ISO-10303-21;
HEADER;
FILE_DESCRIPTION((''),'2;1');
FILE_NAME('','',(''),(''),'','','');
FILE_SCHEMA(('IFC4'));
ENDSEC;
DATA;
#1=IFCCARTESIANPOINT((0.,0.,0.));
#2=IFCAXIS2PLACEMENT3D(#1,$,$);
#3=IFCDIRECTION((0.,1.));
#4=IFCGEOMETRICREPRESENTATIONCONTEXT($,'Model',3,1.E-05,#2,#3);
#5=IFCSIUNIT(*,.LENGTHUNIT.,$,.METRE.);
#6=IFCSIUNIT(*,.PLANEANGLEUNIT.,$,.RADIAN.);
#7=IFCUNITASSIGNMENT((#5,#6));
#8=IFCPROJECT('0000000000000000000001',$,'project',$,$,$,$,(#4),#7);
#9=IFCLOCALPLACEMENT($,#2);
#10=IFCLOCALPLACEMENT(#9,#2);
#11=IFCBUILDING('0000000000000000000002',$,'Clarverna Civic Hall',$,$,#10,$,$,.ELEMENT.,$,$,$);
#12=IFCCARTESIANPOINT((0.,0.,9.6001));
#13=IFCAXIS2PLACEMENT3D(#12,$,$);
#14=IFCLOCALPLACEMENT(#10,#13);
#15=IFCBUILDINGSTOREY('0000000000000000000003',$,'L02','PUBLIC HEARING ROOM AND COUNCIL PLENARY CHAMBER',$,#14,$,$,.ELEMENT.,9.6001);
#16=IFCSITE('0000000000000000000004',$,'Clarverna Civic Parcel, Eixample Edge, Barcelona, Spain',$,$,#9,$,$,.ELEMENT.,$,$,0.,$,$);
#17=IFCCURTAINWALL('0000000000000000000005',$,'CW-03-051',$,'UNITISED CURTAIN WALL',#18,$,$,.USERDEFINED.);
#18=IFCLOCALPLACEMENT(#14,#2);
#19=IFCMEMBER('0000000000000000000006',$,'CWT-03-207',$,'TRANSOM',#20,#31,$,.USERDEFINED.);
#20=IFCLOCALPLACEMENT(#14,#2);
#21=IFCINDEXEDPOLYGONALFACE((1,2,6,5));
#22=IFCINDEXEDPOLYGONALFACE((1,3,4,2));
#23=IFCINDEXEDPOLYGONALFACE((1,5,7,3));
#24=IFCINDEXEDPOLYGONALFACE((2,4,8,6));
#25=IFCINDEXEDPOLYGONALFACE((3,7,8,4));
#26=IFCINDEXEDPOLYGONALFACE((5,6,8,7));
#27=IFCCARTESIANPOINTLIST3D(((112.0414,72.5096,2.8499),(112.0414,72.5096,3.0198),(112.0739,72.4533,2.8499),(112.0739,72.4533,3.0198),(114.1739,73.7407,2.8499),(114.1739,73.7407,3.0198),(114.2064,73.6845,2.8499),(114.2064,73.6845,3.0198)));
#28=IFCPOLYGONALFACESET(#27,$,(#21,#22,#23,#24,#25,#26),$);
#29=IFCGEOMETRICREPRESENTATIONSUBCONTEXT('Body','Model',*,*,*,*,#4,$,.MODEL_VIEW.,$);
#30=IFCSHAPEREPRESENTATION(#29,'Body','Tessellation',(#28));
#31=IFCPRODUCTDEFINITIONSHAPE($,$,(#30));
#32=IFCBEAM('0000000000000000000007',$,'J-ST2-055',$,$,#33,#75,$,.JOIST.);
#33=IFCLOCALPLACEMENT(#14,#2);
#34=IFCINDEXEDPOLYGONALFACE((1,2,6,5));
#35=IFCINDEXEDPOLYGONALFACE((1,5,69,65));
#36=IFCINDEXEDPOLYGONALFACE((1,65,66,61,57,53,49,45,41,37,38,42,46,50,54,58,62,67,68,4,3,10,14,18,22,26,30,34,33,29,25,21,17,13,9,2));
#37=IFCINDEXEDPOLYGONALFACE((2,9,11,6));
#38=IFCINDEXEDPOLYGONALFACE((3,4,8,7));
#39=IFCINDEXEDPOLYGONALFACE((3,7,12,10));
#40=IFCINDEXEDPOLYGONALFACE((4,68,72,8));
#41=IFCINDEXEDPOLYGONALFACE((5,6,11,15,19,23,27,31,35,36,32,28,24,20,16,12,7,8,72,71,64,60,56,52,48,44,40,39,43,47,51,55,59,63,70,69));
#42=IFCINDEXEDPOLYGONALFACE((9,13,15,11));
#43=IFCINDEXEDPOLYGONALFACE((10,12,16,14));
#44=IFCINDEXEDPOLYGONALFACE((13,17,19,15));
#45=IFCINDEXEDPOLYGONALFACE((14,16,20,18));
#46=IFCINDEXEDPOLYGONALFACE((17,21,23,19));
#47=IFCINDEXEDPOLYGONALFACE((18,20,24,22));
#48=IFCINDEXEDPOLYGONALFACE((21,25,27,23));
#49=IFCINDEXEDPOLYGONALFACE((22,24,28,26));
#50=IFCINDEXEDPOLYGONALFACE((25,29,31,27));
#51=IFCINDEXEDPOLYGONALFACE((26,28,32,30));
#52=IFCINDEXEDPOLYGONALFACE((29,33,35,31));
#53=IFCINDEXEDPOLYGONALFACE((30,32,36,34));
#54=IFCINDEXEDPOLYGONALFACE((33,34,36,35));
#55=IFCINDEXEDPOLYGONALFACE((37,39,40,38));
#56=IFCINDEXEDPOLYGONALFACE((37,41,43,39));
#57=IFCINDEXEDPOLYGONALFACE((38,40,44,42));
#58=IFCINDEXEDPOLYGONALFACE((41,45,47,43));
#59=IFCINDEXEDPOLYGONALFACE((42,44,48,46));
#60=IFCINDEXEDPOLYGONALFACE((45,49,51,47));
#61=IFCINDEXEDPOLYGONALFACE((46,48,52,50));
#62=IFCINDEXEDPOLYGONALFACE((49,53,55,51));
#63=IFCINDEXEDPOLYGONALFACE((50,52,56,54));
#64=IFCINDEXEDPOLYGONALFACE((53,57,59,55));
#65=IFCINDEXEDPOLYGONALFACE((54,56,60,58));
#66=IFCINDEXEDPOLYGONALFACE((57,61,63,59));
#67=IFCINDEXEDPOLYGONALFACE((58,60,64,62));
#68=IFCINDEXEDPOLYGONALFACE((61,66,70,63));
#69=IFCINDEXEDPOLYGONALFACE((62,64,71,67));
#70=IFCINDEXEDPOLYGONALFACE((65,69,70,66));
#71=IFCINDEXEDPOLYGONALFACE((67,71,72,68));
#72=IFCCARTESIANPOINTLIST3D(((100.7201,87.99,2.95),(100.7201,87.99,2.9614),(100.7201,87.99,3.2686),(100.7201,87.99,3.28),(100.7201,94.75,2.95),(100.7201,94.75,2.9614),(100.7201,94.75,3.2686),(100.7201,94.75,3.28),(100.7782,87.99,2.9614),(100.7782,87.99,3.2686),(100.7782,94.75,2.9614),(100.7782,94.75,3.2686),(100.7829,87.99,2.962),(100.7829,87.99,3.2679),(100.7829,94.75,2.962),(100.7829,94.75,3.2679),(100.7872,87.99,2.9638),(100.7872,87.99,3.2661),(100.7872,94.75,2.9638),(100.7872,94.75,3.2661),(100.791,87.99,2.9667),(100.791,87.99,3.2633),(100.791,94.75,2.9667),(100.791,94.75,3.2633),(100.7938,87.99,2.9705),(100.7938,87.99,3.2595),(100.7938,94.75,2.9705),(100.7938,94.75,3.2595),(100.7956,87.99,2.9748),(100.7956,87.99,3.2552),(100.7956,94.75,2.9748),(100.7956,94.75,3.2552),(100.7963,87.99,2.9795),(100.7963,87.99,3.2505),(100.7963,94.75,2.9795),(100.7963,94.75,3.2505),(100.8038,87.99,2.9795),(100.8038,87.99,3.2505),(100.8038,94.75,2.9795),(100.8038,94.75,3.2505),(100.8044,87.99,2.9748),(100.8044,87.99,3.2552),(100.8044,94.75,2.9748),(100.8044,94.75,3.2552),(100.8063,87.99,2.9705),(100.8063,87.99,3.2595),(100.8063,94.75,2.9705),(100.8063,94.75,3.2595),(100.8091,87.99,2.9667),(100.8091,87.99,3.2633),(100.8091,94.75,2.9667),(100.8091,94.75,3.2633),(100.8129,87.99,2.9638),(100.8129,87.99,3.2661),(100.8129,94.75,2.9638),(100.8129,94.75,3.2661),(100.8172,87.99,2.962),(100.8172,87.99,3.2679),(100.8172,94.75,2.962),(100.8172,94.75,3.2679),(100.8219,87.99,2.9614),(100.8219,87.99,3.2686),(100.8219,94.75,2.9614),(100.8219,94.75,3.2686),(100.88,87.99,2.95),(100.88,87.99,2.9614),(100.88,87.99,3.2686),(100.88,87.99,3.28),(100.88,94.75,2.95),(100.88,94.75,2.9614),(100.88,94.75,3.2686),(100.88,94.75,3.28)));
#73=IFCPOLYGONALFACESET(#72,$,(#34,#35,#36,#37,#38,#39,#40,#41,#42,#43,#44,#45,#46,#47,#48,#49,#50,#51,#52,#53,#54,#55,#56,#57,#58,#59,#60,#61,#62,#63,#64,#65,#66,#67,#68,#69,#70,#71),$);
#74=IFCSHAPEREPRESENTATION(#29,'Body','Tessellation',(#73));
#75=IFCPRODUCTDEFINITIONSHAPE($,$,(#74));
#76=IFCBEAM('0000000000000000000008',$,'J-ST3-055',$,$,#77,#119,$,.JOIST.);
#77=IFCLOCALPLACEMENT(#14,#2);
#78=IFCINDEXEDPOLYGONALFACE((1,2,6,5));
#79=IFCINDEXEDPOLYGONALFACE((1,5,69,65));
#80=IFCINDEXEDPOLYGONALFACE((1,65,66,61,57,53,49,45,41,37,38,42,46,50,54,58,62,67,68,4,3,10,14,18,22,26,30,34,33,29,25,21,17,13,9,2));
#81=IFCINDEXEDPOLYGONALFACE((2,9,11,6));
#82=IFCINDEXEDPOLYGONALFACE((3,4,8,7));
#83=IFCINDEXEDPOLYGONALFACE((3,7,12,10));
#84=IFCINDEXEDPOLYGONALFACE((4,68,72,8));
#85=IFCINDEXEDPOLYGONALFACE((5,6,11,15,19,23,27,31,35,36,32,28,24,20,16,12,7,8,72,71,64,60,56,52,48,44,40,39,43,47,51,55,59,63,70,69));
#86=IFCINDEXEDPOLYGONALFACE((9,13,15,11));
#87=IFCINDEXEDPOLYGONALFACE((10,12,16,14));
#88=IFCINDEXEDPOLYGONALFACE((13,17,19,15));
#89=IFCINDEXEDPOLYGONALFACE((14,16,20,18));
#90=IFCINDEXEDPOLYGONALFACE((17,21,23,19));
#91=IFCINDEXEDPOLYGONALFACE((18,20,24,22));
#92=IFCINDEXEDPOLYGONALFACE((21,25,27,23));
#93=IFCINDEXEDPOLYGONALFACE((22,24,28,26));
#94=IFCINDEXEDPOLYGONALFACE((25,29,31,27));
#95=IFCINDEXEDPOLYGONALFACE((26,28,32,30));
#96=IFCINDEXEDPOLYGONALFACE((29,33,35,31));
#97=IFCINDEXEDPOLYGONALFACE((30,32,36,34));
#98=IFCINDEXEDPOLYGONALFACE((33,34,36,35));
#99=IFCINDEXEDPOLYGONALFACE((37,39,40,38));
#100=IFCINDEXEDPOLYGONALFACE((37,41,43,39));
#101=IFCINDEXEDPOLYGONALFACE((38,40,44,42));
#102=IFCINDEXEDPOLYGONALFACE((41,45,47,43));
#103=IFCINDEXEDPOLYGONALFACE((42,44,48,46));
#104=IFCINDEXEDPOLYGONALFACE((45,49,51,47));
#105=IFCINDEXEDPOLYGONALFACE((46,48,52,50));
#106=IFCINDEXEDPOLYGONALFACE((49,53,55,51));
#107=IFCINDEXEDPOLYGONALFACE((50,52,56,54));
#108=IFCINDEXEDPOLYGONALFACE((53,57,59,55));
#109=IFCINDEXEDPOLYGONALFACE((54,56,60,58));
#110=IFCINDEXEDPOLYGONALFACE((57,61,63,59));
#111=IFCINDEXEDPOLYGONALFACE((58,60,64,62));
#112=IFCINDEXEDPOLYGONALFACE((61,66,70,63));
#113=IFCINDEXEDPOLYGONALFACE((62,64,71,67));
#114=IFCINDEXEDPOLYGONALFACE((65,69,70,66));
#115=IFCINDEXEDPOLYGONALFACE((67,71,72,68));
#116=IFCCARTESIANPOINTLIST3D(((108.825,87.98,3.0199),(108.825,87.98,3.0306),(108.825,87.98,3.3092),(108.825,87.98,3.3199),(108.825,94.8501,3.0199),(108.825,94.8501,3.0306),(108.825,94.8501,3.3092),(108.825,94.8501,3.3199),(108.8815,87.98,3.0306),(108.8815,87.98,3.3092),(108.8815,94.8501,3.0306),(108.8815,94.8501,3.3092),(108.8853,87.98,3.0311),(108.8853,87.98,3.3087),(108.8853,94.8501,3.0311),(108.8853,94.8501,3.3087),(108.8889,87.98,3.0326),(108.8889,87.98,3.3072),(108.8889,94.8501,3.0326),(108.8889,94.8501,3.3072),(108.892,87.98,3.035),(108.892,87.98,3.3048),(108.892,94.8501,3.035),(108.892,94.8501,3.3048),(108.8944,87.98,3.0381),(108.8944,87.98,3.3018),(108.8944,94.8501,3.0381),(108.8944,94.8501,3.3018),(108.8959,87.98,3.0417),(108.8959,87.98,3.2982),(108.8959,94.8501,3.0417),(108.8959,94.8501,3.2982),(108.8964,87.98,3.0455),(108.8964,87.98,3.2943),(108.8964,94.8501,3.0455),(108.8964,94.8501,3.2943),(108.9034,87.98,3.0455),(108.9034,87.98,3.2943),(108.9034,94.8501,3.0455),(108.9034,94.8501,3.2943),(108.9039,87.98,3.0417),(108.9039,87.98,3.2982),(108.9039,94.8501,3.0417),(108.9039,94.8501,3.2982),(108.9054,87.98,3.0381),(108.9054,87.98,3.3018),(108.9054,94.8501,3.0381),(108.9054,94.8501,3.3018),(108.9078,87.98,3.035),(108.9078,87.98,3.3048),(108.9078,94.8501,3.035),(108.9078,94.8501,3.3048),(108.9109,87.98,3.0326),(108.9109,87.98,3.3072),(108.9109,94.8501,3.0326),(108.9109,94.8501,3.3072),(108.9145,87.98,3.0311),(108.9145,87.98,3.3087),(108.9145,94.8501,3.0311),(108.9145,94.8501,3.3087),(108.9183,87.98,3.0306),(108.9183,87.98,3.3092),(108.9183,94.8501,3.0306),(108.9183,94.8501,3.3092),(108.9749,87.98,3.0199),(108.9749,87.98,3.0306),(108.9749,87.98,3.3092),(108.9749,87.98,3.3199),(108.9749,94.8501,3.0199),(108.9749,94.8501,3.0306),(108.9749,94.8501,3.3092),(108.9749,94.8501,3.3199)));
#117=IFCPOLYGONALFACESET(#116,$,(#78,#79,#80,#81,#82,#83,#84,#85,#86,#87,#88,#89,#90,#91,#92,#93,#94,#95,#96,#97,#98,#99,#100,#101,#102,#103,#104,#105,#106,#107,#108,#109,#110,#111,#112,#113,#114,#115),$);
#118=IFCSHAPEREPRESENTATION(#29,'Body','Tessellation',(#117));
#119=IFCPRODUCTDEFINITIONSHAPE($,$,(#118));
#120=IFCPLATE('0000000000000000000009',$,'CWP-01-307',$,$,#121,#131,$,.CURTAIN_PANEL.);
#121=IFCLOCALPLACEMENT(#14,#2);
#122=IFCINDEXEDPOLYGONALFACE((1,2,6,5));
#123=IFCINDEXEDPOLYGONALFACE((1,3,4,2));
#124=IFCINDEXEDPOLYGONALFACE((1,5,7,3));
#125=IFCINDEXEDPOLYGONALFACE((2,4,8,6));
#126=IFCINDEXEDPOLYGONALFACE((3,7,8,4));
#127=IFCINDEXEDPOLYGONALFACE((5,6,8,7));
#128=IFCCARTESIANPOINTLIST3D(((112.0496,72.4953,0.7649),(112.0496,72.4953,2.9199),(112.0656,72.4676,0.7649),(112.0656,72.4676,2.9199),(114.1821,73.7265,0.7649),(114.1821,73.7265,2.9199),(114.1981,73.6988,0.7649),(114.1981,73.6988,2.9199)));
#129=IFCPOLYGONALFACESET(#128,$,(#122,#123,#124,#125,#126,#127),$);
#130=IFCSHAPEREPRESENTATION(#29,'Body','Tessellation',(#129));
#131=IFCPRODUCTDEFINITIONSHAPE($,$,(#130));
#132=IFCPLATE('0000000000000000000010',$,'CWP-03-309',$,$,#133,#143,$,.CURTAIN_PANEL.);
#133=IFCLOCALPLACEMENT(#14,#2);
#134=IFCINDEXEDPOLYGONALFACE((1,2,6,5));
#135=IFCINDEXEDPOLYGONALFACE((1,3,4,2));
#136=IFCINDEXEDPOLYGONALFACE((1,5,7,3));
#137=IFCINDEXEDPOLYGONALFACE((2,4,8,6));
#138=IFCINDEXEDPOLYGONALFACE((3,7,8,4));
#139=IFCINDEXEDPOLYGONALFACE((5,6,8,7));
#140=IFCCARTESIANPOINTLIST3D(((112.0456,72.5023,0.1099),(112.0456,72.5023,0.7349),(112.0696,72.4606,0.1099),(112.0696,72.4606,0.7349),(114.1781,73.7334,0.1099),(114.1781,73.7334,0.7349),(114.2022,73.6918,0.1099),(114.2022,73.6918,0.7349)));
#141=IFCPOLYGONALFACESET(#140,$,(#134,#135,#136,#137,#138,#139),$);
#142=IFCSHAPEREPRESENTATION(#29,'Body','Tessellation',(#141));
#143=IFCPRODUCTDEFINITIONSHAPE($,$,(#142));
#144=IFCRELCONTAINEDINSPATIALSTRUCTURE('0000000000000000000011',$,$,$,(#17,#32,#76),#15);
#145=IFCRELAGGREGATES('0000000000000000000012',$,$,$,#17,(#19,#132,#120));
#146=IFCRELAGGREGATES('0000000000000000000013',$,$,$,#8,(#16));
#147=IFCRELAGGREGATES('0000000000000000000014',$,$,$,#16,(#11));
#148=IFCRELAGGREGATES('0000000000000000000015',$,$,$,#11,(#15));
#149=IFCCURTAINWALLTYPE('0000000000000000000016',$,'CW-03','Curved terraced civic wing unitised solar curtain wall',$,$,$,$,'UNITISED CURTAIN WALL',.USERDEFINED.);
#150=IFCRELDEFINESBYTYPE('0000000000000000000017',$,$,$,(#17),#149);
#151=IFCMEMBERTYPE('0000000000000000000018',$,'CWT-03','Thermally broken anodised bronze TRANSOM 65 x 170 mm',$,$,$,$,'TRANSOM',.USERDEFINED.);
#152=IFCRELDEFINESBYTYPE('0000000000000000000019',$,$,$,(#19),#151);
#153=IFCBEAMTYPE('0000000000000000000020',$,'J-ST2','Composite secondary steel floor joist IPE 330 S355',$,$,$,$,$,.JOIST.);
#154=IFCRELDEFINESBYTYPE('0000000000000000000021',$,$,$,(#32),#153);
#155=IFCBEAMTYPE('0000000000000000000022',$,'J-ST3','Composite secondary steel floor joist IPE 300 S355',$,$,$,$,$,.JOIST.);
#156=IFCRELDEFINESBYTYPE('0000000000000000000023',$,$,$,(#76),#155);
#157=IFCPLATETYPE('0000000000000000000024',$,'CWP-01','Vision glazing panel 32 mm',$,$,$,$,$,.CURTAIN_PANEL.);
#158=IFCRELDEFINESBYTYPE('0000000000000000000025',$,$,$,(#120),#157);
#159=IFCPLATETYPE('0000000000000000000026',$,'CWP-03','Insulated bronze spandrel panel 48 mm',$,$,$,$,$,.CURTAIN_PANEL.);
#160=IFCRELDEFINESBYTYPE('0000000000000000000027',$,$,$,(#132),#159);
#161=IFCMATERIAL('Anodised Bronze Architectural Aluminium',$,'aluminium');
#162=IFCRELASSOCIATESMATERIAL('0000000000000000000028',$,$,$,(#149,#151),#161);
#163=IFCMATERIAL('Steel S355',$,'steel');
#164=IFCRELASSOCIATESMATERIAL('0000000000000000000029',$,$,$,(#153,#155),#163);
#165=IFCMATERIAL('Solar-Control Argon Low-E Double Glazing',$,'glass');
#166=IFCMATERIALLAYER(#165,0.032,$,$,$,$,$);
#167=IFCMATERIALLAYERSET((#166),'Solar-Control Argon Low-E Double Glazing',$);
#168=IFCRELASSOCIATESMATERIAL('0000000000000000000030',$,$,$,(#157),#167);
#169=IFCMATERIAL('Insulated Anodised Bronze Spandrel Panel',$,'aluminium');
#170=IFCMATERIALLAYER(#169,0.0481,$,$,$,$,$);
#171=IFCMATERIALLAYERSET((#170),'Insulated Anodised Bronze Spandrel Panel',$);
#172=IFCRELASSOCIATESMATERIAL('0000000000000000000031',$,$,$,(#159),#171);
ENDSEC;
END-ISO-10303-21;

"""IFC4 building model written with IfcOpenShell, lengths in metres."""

from ifc_helpers import new_model, si_unit, direction, frame, frame_2d, origin, origin_2d, place, context, subcontext, project, spatial, rectangle, i_section, extrude, material, layer, layer_set, material_profile, profile_set, type_object, element, aggregate, save


model = new_model("IFC4")

# Units and contexts
model_context = context("Model", 3, precision=1e-05, world=origin(), true_north=direction((0.0, 1.0)))
body_context = subcontext(model_context, "Body", "Model", "MODEL_VIEW")
ifc_project = project(units=[si_unit("LENGTHUNIT", "METRE"), si_unit("PLANEANGLEUNIT", "RADIAN")], contexts=[model_context])

# Site, building, storey
site_placement = place(None, origin())
site = spatial("IfcSite", under=ifc_project, at=site_placement, Name="Clarverna Civic Parcel, Eixample Edge, Barcelona, Spain", CompositionType="ELEMENT", RefElevation=0.0)
building_placement = place(site_placement, origin())
building = spatial("IfcBuilding", under=site, at=building_placement, Name="Clarverna Civic Hall", CompositionType="ELEMENT")
storey_placement = place(building_placement, frame((0.0, 0.0, 9.6001)))
storey = spatial("IfcBuildingStorey", under=building, at=storey_placement, Name="L02", Description="PUBLIC HEARING ROOM AND COUNCIL PLENARY CHAMBER", CompositionType="ELEMENT", Elevation=9.6001)

# Shared definitions
ifc_material_1 = material(Name="Steel S355", Category="steel")

# Shared definitions
ifc_material_2 = material(Name="Anodised Bronze Architectural Aluminium", Category="aluminium")
curtain_wall_type = type_object("IfcCurtainWallType", Name="CW-03", Description="Curved terraced civic wing unitised solar curtain wall", ElementType="UNITISED CURTAIN WALL", PredefinedType="USERDEFINED", material=ifc_material_2)

# Curtain wall, member
curtain_wall_1_placement = place(storey_placement, origin())
curtain_wall_1 = element("IfcCurtainWall", 1, at=curtain_wall_1_placement, inside=storey, type_object=curtain_wall_type, Name="CW-03-051", ObjectType="UNITISED CURTAIN WALL", PredefinedType="USERDEFINED")
ifc_material_profile_1 = material_profile(ifc_material_2, rectangle(XDim=0.0649, YDim=0.1699, at=origin_2d()), Name="BRONZE 65x170")
ifc_profile_set_1 = profile_set([ifc_material_profile_1], Name="Anodised Bronze Architectural Aluminium")
member_type_1 = type_object("IfcMemberType", Name="CWT-03", Description="Thermally broken anodised bronze TRANSOM 65 x 170 mm", ElementType="TRANSOM", PredefinedType="USERDEFINED", material=ifc_profile_set_1)
member_1_placement = place(storey_placement, frame((112.0576, 72.4814, 2.9348), z_axis=(0.866032, 0.499989, 0.0), x_axis=(-0.499989, 0.866032, 0.0)))
member_1 = element("IfcMember", 2, at=member_1_placement, type_object=member_type_1, Name="CWT-03-207", ObjectType="TRANSOM", PredefinedType="USERDEFINED", context=body_context, shape_type="SweptSolid", body=[
    extrude(rectangle(XDim=0.0649, YDim=0.1699, at=origin_2d()), origin(), (0.0, 0.0, 1.0), 2.4624),
])

# Beams
ifc_material_profile_2 = material_profile(ifc_material_1, i_section(OverallWidth=0.1599, OverallDepth=0.3301, WebThickness=0.0076, FlangeThickness=0.0115, FilletRadius=0.0181, at=origin_2d()), Name="IPE 330")
ifc_profile_set_2 = profile_set([ifc_material_profile_2], Name="Steel S355")
beam_type_1 = type_object("IfcBeamType", Name="J-ST2", Description="Composite secondary steel floor joist IPE 330 S355", PredefinedType="JOIST", material=ifc_profile_set_2)
beam_1_placement = place(storey_placement, frame((100.8, 87.99, 3.115), z_axis=(0.0, 1.0, 0.0), x_axis=(-1.0, 0.0, 0.0)))
element("IfcBeam", 3, at=beam_1_placement, inside=storey, type_object=beam_type_1, Name="J-ST2-055", PredefinedType="JOIST", context=body_context, shape_type="SweptSolid", body=[
    extrude(i_section(OverallWidth=0.1599, OverallDepth=0.3301, WebThickness=0.0076, FlangeThickness=0.0115, FilletRadius=0.0181, at=origin_2d()), origin(), (0.0, 0.0, 1.0), 6.76),
])
ifc_material_profile_3 = material_profile(ifc_material_1, i_section(OverallWidth=0.1499, OverallDepth=0.3, WebThickness=0.0071, FlangeThickness=0.0107, FilletRadius=0.0149, at=origin_2d()), Name="IPE 300")
ifc_profile_set_3 = profile_set([ifc_material_profile_3], Name="Steel S355")
beam_type_2 = type_object("IfcBeamType", Name="J-ST3", Description="Composite secondary steel floor joist IPE 300 S355", PredefinedType="JOIST", material=ifc_profile_set_3)
beam_2_placement = place(storey_placement, frame((108.8999, 87.98, 3.1699), z_axis=(0.0, 1.0, 0.0), x_axis=(-1.0, 0.0, 0.0)))
element("IfcBeam", 4, at=beam_2_placement, inside=storey, type_object=beam_type_2, Name="J-ST3-055", PredefinedType="JOIST", context=body_context, shape_type="SweptSolid", body=[
    extrude(i_section(OverallWidth=0.1499, OverallDepth=0.3, WebThickness=0.0071, FlangeThickness=0.0107, FilletRadius=0.0149, at=origin_2d()), origin(), (0.0, 0.0, 1.0), 6.8701),
])

# Plates
ifc_material_3 = material(Name="Solar-Control Argon Low-E Double Glazing", Category="glass")
ifc_layer_1 = layer(ifc_material_3, 0.032)
ifc_layer_set_1 = layer_set([ifc_layer_1], Name="Solar-Control Argon Low-E Double Glazing")
plate_type_1 = type_object("IfcPlateType", Name="CWP-01", Description="Vision glazing panel 32 mm", PredefinedType="CURTAIN_PANEL", material=ifc_layer_set_1)
plate_1_placement = place(storey_placement, frame((112.0576, 72.4814, 0.7649), z_axis=(0.0, 0.0, 1.0), x_axis=(0.866032, 0.499989, 0.0)))
plate_1 = element("IfcPlate", 5, at=plate_1_placement, type_object=plate_type_1, Name="CWP-01-307", PredefinedType="CURTAIN_PANEL", context=body_context, shape_type="SweptSolid", body=[
    extrude(rectangle(XDim=2.4624, YDim=0.032, at=frame_2d((1.2312, 0.0))), origin(), (0.0, 0.0, 1.0), 2.155),
])
ifc_material_4 = material(Name="Insulated Anodised Bronze Spandrel Panel", Category="aluminium")
ifc_layer_2 = layer(ifc_material_4, 0.0481)
ifc_layer_set_2 = layer_set([ifc_layer_2], Name="Insulated Anodised Bronze Spandrel Panel")
plate_type_2 = type_object("IfcPlateType", Name="CWP-03", Description="Insulated bronze spandrel panel 48 mm", PredefinedType="CURTAIN_PANEL", material=ifc_layer_set_2)
plate_2_placement = place(storey_placement, frame((112.0576, 72.4814, 0.1099), z_axis=(0.0, 0.0, 1.0), x_axis=(0.866032, 0.499989, 0.0)))
plate_2 = element("IfcPlate", 6, at=plate_2_placement, type_object=plate_type_2, Name="CWP-03-309", PredefinedType="CURTAIN_PANEL", context=body_context, shape_type="SweptSolid", body=[
    extrude(rectangle(XDim=2.4624, YDim=0.0481, at=frame_2d((1.2312, 0.0))), origin(), (0.0, 0.0, 1.0), 0.625),
])
aggregate(curtain_wall_1, [member_1, plate_2, plate_1])

save(model, "model.ifc")
